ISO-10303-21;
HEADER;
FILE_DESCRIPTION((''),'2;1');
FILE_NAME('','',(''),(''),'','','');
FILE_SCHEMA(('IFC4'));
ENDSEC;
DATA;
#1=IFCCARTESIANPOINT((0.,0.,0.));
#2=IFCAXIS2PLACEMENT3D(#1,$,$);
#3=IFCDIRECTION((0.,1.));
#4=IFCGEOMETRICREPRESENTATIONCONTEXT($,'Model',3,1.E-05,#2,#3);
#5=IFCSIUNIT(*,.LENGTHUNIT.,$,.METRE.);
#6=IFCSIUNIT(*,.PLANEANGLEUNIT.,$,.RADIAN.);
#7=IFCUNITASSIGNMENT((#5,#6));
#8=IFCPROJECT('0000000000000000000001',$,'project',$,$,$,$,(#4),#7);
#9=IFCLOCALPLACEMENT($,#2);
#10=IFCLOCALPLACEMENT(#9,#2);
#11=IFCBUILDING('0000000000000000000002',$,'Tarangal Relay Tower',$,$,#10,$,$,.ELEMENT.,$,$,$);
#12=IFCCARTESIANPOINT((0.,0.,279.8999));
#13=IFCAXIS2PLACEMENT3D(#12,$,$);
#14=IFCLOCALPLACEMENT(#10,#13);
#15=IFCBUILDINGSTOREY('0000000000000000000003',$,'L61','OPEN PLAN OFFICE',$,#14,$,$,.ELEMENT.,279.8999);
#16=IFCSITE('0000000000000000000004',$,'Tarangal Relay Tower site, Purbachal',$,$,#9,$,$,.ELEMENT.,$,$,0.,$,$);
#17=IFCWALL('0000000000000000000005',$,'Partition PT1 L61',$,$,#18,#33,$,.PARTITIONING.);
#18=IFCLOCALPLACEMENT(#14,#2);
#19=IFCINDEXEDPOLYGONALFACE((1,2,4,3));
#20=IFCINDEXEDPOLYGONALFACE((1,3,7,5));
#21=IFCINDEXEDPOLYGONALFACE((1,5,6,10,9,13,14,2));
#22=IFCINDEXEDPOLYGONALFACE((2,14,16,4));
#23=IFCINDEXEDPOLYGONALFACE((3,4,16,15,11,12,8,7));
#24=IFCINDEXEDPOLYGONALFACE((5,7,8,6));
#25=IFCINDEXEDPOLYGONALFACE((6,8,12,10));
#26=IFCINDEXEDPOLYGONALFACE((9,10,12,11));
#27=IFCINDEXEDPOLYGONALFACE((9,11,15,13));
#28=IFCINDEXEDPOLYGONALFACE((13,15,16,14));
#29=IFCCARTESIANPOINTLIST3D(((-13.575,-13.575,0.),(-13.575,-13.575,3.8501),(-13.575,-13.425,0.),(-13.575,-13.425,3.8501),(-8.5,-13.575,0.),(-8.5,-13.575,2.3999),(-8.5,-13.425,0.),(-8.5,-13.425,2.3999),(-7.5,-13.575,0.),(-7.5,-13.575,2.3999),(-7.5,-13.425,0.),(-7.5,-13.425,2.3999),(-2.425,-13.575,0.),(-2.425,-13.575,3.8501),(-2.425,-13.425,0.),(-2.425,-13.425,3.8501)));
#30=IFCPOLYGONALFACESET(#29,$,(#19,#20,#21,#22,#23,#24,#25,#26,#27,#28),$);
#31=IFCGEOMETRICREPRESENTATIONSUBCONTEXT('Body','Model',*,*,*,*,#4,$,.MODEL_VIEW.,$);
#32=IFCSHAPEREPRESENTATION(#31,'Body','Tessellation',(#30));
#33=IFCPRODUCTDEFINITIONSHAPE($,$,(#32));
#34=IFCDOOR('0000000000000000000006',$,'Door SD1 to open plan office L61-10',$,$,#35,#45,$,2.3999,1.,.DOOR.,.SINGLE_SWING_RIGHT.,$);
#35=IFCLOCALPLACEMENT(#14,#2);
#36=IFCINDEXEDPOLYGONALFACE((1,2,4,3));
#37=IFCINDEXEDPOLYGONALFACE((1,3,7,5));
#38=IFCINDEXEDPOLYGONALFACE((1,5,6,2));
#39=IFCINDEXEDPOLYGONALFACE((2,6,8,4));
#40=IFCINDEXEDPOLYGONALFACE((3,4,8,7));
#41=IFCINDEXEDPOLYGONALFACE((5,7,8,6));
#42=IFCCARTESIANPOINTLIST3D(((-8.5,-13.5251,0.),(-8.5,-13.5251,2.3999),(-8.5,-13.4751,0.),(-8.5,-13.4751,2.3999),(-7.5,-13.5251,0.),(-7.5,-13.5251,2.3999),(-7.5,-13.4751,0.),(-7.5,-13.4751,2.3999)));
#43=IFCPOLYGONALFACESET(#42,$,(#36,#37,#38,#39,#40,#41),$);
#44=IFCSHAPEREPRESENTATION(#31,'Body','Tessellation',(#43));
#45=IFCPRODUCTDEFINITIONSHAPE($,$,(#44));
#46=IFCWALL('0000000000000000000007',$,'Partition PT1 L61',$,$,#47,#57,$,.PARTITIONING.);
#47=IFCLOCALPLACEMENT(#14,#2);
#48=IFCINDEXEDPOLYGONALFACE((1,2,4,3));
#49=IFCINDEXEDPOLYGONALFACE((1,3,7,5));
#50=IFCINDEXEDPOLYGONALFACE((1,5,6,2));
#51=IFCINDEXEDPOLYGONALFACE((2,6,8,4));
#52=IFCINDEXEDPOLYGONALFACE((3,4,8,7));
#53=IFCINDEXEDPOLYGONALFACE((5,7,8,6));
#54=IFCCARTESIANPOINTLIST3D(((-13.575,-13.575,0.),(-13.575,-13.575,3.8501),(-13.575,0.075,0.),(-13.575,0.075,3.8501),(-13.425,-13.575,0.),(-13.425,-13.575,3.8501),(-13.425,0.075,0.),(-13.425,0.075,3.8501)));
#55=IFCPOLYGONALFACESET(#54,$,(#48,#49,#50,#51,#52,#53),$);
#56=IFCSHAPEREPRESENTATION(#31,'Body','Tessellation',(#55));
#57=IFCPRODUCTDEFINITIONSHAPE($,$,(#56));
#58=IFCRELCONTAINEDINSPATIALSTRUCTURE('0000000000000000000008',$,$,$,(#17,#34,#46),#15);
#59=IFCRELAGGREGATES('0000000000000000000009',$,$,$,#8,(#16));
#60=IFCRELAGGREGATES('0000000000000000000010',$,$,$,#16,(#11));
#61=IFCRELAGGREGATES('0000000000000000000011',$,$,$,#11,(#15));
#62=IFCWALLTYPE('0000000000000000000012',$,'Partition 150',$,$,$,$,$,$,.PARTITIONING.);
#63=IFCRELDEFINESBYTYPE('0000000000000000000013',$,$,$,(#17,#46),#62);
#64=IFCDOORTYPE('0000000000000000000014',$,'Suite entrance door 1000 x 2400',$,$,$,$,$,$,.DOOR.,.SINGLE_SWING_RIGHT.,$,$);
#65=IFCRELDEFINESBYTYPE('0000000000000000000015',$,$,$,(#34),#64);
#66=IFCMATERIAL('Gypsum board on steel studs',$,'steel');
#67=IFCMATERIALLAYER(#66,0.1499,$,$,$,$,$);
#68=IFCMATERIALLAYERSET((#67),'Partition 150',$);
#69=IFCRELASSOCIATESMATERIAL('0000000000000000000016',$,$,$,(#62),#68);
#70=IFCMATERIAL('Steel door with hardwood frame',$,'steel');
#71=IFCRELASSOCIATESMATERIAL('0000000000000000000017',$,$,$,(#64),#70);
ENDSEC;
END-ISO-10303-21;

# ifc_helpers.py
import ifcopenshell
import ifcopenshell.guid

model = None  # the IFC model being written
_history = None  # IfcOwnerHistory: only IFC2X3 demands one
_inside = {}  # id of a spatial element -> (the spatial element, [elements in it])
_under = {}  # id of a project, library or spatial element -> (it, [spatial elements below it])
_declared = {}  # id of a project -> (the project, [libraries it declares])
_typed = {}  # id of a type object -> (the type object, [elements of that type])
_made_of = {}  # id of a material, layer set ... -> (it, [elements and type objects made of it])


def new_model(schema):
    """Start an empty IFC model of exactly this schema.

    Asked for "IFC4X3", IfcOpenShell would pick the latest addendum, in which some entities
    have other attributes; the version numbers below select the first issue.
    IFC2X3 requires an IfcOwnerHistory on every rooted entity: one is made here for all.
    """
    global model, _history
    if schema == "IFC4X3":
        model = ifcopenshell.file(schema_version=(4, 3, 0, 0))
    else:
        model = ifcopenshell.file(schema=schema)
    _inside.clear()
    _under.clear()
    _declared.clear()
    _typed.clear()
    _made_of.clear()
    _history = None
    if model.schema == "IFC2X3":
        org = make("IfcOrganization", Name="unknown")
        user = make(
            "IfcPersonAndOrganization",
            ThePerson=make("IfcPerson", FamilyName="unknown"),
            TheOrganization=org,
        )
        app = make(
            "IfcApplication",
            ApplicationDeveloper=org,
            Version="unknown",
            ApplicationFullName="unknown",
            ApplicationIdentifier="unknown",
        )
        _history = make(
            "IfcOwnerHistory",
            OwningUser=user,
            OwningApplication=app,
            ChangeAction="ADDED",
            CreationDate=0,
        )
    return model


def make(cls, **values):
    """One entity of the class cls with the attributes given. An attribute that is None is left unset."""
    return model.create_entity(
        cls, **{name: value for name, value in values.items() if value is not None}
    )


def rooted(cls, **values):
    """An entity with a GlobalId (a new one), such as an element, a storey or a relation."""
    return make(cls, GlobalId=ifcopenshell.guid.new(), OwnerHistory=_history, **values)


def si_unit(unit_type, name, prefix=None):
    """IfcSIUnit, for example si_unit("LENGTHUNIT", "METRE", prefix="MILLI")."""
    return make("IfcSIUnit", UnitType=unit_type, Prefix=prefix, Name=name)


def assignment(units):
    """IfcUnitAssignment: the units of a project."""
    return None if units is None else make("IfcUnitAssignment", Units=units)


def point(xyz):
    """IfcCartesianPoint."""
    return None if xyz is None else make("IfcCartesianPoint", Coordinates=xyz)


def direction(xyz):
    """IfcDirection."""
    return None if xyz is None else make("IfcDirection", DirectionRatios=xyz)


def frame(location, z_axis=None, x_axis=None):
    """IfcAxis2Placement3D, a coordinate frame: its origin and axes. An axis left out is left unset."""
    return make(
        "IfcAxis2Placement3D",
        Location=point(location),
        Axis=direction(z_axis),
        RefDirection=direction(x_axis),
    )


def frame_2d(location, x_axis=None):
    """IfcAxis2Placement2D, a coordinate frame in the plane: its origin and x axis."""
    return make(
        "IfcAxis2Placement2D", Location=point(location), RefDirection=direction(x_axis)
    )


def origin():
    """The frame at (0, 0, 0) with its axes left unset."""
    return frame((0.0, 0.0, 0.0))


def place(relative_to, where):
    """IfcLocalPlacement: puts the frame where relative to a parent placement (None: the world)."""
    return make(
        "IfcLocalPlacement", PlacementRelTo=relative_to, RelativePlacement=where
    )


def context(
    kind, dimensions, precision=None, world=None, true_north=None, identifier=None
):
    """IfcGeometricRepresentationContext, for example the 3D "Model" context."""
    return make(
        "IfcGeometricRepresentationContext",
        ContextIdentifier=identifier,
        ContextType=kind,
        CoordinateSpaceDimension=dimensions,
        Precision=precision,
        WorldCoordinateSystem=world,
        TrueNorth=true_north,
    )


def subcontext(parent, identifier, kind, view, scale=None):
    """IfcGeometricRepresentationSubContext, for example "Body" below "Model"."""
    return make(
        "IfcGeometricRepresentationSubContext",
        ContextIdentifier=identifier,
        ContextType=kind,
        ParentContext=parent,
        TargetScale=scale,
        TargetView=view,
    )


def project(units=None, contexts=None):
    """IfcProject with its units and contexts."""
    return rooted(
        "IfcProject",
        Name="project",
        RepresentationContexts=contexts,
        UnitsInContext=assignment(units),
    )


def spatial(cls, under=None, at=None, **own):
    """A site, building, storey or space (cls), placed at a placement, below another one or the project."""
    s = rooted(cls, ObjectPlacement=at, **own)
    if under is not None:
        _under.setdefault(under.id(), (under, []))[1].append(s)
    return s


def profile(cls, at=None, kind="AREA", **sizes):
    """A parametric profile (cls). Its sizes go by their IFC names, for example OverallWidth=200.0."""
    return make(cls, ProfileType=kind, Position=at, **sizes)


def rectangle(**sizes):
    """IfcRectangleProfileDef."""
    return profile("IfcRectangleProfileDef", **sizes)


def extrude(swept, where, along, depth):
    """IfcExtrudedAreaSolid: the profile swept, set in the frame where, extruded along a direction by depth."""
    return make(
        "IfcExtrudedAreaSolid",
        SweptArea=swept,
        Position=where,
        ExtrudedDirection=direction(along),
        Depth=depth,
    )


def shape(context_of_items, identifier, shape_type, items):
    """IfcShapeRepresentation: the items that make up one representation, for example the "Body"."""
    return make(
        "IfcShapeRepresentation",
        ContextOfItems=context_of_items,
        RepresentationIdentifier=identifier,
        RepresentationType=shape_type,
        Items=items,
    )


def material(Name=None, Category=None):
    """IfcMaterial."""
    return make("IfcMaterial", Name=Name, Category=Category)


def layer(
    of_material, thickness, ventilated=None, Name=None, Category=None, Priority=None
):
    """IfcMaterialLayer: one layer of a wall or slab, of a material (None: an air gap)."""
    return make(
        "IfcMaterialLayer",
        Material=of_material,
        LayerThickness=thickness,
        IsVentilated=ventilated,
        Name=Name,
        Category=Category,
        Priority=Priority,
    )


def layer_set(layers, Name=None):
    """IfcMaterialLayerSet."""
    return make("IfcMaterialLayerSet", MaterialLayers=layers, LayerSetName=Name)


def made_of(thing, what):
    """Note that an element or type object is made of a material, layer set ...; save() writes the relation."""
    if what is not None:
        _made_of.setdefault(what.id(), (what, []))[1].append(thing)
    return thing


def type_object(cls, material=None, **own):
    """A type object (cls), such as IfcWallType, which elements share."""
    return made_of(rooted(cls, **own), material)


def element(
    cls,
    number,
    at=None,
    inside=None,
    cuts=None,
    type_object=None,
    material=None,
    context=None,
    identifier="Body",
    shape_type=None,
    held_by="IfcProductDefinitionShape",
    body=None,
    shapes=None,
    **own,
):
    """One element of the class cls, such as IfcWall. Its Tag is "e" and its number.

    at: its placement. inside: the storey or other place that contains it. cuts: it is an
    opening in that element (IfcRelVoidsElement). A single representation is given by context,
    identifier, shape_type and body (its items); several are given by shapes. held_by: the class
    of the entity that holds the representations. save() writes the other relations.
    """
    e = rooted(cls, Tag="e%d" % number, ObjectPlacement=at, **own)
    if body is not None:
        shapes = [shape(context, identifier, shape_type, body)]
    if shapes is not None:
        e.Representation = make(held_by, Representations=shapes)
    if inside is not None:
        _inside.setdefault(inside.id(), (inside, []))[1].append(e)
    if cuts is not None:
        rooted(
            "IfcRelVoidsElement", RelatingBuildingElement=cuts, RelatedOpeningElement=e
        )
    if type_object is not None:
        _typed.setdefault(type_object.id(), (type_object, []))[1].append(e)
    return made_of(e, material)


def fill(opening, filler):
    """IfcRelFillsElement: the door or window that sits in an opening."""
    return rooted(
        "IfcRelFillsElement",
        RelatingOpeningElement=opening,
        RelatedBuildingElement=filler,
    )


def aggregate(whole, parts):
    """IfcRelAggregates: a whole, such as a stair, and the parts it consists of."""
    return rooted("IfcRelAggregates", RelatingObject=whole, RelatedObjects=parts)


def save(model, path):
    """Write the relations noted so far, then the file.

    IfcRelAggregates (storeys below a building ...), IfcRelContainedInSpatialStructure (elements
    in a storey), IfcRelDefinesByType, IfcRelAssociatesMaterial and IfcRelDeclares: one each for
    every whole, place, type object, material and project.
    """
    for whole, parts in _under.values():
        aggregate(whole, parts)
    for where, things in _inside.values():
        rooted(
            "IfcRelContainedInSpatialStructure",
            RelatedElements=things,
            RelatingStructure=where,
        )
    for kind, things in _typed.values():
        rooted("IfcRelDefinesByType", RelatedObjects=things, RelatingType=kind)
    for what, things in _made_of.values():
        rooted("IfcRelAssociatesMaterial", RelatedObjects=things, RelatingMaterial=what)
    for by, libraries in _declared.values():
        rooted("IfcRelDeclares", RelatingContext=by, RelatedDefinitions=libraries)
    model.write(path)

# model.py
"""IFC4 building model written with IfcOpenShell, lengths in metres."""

from ifc_helpers import new_model, si_unit, direction, frame, frame_2d, origin, place, context, subcontext, project, spatial, rectangle, extrude, material, layer, layer_set, type_object, element, fill, save


model = new_model("IFC4")

# Units and contexts
model_context = context("Model", 3, precision=1e-05, world=origin(), true_north=direction((0.0, 1.0)))
body_context = subcontext(model_context, "Body", "Model", "MODEL_VIEW")
ifc_project = project(units=[si_unit("LENGTHUNIT", "METRE"), si_unit("PLANEANGLEUNIT", "RADIAN")], contexts=[model_context])

# Site, building, storey
site_placement = place(None, origin())
site = spatial("IfcSite", under=ifc_project, at=site_placement, Name="Tarangal Relay Tower site, Purbachal", CompositionType="ELEMENT", RefElevation=0.0)
building_placement = place(site_placement, origin())
building = spatial("IfcBuilding", under=site, at=building_placement, Name="Tarangal Relay Tower", CompositionType="ELEMENT")
storey_placement = place(building_placement, frame((0.0, 0.0, 279.8999)))
storey = spatial("IfcBuildingStorey", under=building, at=storey_placement, Name="L61", Description="OPEN PLAN OFFICE", CompositionType="ELEMENT", Elevation=279.8999)

# Wall, opening, door
ifc_material_1 = material(Name="Gypsum board on steel studs", Category="steel")
ifc_layer_1 = layer(ifc_material_1, 0.1499)
ifc_layer_set_1 = layer_set([ifc_layer_1], Name="Partition 150")
wall_type_1 = type_object("IfcWallType", Name="Partition 150", PredefinedType="PARTITIONING", material=ifc_layer_set_1)
wall_1_placement = place(storey_placement, frame((-13.575, -13.5, 0.0), z_axis=(0.0, 0.0, 1.0), x_axis=(1.0, 0.0, 0.0)))
wall_1 = element("IfcWall", 1, at=wall_1_placement, inside=storey, type_object=wall_type_1, Name="Partition PT1 L61", PredefinedType="PARTITIONING", context=body_context, shape_type="SweptSolid", body=[
    extrude(rectangle(XDim=11.1499, YDim=0.1499, at=frame_2d((5.575, 0.0))), origin(), (0.0, 0.0, 1.0), 3.8501),
])
opening_1_placement = place(wall_1_placement, frame((5.075, 0.0, 0.0)))
opening_1 = element("IfcOpeningElement", 2, at=opening_1_placement, cuts=wall_1, PredefinedType="OPENING", context=body_context, shape_type="SweptSolid", body=[
    extrude(rectangle(XDim=1.0, YDim=2.3999, at=frame_2d((0.5, 1.2))), frame((0.0, 0.085, 0.0), z_axis=(0.0, -1.0, 0.0), x_axis=(1.0, 0.0, 0.0)), (0.0, 0.0, 1.0), 0.1699),
])
ifc_material_2 = material(Name="Steel door with hardwood frame", Category="steel")
door_type_1 = type_object("IfcDoorType", Name="Suite entrance door 1000 x 2400", OperationType="SINGLE_SWING_RIGHT", PredefinedType="DOOR", material=ifc_material_2)
door_1_placement = place(opening_1_placement, origin())
door_1 = element("IfcDoor", 3, at=door_1_placement, inside=storey, type_object=door_type_1, Name="Door SD1 to open plan office L61-10", OperationType="SINGLE_SWING_RIGHT", OverallHeight=2.3999, OverallWidth=1.0, PredefinedType="DOOR", context=body_context, shape_type="SweptSolid", body=[
    extrude(rectangle(XDim=1.0, YDim=2.3999, at=frame_2d((0.5, 1.2))), frame((0.0, 0.0249, 0.0), z_axis=(0.0, -1.0, 0.0), x_axis=(1.0, 0.0, 0.0)), (0.0, 0.0, 1.0), 0.05),
])
fill(opening_1, door_1)

# Wall
wall_2_placement = place(storey_placement, frame((-13.5, -13.575, 0.0), z_axis=(0.0, 0.0, 1.0), x_axis=(0.0, 1.0, 0.0)))
element("IfcWall", 4, at=wall_2_placement, inside=storey, type_object=wall_type_1, Name="Partition PT1 L61", PredefinedType="PARTITIONING", context=body_context, shape_type="SweptSolid", body=[
    extrude(rectangle(XDim=13.6499, YDim=0.1499, at=frame_2d((6.825, 0.0))), origin(), (0.0, 0.0, 1.0), 3.8501),
])

save(model, "model.ifc")
